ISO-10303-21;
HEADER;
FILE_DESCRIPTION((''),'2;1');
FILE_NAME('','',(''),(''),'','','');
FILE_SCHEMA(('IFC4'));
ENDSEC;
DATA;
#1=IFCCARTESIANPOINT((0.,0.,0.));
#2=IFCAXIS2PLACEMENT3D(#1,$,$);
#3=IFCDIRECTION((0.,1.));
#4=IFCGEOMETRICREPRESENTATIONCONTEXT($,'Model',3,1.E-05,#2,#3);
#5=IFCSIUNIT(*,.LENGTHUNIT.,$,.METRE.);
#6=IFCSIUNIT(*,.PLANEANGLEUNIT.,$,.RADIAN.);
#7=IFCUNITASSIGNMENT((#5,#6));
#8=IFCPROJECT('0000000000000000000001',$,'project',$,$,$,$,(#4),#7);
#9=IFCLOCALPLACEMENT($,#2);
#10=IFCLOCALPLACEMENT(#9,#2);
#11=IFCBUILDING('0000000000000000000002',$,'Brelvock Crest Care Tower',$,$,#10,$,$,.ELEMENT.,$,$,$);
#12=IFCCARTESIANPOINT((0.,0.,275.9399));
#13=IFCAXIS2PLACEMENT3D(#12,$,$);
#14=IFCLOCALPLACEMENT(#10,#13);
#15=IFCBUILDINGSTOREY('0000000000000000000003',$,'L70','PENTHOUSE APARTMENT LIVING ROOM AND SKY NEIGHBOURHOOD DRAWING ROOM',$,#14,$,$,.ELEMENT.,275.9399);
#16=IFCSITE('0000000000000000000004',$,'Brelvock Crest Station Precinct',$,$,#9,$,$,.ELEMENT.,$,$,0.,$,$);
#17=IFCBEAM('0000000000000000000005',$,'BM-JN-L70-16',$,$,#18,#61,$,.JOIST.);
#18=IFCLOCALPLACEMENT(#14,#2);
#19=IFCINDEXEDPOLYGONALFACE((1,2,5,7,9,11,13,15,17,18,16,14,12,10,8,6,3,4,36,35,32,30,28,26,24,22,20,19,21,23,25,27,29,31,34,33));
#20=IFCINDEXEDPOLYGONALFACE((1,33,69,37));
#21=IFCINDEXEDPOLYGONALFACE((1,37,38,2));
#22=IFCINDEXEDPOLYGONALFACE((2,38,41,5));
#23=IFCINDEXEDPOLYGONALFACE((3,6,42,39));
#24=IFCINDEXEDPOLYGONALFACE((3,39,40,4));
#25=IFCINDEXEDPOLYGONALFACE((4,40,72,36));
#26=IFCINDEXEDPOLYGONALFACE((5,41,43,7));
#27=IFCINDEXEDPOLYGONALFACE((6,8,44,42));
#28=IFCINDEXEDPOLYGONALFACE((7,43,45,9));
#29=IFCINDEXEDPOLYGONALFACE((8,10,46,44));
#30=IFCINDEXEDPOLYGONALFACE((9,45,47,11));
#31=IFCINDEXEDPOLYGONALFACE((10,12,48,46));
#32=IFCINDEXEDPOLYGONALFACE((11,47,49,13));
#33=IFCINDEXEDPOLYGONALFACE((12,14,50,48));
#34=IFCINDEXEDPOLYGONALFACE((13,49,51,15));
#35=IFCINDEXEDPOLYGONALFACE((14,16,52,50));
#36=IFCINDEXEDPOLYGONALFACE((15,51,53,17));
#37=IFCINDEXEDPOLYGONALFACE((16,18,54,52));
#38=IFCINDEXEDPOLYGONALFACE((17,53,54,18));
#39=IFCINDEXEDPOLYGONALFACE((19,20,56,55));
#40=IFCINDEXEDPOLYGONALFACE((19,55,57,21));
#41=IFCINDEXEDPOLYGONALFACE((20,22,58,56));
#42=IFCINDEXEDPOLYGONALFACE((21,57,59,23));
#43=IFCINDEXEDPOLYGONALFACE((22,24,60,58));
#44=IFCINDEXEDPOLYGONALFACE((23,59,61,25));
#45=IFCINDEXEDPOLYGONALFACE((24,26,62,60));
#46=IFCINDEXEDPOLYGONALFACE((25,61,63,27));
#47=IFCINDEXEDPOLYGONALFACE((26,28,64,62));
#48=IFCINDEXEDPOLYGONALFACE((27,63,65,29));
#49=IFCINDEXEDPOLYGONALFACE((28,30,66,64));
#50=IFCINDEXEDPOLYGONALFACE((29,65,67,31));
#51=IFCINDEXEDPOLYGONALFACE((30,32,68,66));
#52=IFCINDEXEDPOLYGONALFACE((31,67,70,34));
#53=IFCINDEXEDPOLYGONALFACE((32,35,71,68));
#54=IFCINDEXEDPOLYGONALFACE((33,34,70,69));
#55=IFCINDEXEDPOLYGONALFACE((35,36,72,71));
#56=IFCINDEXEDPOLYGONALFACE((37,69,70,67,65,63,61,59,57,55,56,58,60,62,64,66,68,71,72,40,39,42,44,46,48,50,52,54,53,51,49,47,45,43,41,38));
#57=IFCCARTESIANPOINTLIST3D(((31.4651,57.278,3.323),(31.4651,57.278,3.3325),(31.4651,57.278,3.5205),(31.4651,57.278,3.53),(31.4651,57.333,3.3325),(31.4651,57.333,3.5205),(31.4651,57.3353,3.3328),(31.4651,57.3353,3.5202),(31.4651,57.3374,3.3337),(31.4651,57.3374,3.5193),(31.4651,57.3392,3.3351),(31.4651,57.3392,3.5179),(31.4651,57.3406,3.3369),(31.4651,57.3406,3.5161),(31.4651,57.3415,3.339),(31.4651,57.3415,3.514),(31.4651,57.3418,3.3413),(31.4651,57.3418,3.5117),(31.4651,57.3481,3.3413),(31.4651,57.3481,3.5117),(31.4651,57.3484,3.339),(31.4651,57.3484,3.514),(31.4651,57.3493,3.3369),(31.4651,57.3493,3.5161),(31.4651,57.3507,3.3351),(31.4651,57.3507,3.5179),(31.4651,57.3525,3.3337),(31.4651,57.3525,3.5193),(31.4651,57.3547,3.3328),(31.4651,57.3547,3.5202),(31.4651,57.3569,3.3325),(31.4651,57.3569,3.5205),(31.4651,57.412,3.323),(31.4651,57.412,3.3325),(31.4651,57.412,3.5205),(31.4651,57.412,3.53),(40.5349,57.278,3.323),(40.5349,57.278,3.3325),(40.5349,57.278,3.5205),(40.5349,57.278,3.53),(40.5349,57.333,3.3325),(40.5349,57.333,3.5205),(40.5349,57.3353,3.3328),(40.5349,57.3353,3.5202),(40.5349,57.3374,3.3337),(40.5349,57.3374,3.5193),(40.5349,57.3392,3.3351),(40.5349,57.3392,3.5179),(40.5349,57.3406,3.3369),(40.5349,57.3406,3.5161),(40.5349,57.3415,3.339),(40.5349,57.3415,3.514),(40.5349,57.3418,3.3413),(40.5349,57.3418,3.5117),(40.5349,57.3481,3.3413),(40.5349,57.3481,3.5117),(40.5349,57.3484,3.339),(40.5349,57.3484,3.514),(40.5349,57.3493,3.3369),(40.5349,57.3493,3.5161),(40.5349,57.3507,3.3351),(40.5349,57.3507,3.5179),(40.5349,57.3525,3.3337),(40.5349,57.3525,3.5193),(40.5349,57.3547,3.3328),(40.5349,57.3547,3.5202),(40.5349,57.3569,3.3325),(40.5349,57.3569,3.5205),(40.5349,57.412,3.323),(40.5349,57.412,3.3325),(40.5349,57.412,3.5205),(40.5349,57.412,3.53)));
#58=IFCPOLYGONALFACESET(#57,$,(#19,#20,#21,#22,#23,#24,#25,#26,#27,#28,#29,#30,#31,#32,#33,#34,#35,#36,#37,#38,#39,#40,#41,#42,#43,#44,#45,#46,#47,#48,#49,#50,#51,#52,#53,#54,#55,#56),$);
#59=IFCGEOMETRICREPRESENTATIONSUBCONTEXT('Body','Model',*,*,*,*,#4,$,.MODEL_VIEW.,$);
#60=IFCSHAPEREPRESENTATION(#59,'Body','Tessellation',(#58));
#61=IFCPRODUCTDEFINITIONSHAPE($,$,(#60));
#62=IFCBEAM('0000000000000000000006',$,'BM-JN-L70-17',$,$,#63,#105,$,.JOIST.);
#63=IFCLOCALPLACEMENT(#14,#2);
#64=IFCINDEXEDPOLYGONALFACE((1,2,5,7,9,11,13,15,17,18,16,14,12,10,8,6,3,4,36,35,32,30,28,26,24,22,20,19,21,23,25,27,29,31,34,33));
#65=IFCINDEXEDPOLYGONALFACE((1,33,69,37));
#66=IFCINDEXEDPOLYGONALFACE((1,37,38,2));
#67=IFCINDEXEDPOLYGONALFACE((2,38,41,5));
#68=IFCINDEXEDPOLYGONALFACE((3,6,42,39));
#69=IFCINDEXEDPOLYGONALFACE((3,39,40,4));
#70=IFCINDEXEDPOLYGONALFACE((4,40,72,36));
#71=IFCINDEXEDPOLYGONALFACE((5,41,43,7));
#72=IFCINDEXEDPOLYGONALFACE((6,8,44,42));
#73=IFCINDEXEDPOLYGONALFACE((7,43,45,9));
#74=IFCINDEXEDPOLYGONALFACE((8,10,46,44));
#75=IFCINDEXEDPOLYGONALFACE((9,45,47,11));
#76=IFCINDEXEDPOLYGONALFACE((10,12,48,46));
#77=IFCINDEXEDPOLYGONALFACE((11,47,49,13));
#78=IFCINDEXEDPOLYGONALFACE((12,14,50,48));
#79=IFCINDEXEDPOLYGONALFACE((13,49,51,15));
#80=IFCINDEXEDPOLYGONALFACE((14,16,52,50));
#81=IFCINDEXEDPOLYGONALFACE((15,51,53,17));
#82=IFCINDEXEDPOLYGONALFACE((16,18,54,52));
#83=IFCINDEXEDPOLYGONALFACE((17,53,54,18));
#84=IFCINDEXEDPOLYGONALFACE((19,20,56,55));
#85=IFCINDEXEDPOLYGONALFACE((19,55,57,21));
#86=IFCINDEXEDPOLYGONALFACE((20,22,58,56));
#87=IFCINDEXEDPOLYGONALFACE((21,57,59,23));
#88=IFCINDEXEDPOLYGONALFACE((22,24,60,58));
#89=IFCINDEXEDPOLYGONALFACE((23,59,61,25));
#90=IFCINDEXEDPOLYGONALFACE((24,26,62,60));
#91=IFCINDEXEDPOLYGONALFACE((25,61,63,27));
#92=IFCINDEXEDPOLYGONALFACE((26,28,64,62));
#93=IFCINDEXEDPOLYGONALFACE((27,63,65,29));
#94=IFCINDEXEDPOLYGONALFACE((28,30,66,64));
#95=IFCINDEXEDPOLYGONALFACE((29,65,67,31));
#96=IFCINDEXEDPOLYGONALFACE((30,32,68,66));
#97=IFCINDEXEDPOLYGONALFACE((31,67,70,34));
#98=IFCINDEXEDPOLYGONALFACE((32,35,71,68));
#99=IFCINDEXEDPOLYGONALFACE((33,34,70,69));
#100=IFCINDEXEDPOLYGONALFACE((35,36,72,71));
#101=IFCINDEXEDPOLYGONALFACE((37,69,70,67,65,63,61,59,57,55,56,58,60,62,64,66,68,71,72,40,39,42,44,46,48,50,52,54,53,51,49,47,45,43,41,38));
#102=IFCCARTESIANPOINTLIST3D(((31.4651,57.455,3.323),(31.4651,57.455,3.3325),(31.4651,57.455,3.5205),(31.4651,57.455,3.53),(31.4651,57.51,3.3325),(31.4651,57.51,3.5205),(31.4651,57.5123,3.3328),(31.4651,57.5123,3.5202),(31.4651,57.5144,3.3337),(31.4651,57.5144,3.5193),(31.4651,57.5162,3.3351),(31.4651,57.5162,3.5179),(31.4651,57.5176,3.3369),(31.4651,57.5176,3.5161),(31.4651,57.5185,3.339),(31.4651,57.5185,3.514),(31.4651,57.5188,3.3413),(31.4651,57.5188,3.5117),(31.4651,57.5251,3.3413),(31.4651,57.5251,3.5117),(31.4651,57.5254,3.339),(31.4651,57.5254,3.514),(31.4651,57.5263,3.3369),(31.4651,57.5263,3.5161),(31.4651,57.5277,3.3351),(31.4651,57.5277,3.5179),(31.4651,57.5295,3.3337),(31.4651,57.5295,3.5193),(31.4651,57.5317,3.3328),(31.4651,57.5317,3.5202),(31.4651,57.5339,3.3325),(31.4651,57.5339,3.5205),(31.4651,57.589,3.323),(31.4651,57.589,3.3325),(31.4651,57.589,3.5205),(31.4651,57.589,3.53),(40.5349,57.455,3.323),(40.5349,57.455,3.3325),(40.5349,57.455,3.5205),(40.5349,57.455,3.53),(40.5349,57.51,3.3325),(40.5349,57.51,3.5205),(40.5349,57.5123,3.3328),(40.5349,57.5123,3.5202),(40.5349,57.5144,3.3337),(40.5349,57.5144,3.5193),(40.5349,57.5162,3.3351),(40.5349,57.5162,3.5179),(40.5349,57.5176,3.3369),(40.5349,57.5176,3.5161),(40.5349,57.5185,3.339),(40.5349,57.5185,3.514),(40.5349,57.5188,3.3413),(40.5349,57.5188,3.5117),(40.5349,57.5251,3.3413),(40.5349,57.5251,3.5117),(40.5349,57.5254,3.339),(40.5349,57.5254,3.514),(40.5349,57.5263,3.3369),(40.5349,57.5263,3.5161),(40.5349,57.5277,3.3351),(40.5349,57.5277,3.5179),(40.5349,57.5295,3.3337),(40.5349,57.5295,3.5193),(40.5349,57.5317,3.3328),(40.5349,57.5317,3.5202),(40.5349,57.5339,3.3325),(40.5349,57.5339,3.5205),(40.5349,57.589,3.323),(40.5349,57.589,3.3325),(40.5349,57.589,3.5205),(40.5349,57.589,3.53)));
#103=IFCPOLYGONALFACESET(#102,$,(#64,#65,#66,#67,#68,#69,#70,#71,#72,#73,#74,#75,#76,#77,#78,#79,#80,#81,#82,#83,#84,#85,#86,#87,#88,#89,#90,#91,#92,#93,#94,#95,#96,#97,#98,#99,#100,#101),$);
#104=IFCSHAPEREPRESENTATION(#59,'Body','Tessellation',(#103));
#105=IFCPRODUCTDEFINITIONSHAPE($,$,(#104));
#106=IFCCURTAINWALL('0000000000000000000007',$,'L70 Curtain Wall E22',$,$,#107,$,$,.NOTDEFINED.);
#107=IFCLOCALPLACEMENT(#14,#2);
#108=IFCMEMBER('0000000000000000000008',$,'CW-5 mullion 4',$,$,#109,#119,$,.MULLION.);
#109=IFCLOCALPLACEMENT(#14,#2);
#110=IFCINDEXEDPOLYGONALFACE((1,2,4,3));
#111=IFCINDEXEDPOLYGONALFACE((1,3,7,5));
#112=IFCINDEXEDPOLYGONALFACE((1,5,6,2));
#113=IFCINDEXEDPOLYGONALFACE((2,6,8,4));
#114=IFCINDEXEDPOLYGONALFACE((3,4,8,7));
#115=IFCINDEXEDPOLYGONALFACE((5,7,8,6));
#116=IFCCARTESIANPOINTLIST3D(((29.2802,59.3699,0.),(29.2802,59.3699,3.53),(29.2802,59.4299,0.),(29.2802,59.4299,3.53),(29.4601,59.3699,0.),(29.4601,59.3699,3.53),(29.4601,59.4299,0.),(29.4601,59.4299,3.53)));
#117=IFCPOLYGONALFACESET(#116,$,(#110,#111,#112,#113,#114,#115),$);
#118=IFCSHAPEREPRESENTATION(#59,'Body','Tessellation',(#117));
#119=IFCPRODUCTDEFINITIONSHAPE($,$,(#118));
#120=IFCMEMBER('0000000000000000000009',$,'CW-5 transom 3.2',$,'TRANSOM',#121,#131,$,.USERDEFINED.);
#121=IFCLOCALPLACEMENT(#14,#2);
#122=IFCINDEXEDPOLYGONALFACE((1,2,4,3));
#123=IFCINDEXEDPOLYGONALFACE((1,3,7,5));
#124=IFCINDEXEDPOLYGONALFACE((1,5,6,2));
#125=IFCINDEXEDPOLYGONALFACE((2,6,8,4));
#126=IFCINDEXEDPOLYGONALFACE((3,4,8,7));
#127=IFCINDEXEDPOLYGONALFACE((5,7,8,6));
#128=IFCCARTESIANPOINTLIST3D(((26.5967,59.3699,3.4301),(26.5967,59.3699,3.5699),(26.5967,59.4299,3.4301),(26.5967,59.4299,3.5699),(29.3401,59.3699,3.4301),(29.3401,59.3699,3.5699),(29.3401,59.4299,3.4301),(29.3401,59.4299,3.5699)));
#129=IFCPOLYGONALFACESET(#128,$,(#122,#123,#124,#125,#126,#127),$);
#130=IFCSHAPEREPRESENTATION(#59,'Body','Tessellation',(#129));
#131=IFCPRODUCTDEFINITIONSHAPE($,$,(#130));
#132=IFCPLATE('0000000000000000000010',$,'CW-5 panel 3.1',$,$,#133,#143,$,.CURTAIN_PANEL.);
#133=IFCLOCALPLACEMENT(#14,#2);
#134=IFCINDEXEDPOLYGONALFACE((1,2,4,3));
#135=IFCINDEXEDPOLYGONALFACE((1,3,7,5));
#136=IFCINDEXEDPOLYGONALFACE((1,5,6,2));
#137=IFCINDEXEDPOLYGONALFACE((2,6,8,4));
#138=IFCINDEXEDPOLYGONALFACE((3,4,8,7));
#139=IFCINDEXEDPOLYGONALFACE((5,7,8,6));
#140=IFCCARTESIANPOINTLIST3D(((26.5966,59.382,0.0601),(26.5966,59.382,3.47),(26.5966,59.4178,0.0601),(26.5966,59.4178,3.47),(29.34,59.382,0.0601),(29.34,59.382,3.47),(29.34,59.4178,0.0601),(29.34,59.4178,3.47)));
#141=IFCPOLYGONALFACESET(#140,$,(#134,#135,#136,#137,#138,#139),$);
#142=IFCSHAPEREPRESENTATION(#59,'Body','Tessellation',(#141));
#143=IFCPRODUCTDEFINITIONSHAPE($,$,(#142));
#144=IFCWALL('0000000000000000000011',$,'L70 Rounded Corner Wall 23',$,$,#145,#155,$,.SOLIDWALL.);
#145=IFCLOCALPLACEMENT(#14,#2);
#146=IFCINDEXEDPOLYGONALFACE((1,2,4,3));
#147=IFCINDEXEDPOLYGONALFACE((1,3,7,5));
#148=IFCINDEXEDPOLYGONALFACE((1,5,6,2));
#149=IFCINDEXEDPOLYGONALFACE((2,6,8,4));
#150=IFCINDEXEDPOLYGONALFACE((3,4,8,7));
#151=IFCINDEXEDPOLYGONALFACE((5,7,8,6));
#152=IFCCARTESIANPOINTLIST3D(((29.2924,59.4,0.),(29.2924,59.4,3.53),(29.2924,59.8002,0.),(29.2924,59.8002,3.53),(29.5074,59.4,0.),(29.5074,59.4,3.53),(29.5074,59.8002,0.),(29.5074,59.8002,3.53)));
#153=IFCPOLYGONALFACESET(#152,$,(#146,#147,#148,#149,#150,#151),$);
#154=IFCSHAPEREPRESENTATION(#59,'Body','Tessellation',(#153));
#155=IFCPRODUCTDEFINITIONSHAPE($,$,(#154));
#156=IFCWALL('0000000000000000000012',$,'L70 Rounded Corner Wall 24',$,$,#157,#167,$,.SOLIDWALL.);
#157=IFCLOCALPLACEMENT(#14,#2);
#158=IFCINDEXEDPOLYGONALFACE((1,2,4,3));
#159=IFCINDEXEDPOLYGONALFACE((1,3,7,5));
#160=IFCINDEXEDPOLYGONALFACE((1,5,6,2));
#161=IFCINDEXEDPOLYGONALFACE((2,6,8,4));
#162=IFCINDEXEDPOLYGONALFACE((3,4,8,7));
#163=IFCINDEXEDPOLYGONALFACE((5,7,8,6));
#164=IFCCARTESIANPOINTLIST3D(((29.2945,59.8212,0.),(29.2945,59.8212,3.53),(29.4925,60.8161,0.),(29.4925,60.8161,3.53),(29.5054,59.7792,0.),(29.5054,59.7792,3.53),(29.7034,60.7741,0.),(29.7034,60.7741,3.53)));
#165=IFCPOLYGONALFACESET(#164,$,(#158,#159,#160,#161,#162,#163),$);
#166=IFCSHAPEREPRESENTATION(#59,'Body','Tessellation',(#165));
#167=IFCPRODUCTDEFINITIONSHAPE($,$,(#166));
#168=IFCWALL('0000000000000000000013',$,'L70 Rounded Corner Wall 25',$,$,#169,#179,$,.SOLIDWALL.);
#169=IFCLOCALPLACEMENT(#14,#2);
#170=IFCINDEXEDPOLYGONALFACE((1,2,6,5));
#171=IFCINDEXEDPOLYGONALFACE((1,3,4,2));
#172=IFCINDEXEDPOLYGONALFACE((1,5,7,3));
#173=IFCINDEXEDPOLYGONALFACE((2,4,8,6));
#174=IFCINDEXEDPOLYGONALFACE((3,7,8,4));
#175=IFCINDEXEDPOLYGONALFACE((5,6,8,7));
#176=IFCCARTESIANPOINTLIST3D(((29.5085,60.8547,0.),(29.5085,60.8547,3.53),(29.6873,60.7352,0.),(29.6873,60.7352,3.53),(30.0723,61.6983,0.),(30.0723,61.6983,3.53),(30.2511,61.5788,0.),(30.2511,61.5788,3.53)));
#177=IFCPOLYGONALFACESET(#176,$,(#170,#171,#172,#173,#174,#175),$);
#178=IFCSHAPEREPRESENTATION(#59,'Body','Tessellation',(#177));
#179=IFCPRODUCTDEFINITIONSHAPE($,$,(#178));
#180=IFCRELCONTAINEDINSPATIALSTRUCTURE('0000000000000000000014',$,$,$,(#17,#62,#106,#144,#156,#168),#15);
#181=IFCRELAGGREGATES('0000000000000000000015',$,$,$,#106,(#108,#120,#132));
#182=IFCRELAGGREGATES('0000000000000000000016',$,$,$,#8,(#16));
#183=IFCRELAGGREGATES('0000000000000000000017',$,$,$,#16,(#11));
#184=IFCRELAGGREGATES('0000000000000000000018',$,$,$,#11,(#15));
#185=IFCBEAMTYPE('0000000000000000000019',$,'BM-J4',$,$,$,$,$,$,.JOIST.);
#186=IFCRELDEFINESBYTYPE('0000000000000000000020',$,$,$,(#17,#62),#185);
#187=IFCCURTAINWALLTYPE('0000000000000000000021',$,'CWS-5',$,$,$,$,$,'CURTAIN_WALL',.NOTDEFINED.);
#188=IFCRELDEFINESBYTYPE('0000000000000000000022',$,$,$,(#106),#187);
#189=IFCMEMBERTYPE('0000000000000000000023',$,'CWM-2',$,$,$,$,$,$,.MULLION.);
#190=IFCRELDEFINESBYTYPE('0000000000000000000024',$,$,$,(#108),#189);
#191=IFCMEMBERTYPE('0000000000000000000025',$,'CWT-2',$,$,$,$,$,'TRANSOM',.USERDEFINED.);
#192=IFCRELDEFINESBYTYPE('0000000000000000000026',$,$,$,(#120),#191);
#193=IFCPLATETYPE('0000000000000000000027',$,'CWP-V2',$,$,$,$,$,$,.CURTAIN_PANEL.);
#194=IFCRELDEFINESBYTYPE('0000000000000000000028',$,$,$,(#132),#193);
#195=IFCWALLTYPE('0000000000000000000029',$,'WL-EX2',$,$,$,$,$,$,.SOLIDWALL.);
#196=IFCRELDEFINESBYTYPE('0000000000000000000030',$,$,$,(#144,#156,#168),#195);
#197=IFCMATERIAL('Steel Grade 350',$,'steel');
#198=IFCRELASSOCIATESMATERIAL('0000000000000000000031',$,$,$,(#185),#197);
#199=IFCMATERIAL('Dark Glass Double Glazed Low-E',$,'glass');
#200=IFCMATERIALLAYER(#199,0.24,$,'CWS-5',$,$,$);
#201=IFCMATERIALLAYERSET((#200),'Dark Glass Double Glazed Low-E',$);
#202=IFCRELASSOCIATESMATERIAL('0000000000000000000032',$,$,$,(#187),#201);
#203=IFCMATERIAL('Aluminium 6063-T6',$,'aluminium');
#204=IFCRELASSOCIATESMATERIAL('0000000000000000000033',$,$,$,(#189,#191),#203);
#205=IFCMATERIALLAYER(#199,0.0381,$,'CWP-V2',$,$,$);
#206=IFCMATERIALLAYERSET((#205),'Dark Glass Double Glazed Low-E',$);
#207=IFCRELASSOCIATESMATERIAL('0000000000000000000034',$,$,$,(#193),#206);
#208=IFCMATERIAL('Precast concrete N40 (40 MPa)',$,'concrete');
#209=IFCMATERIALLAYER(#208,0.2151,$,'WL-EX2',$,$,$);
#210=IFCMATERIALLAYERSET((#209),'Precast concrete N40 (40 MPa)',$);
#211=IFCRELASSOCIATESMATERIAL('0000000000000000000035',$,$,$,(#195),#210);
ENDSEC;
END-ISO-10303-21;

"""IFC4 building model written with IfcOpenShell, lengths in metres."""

from ifc_helpers import new_model, si_unit, direction, frame, frame_2d, origin, origin_2d, place, context, subcontext, project, spatial, rectangle, i_section, extrude, source, transform, mapped, material, layer, layer_set, material_profile, profile_set, type_object, element, aggregate, save


model = new_model("IFC4")

# Units and contexts
model_context = context("Model", 3, precision=1e-05, world=origin(), true_north=direction((0.0, 1.0)))
body_context = subcontext(model_context, "Body", "Model", "MODEL_VIEW")
ifc_project = project(units=[si_unit("LENGTHUNIT", "METRE"), si_unit("PLANEANGLEUNIT", "RADIAN")], contexts=[model_context])

# Site, building, storey
site_placement = place(None, origin())
site = spatial("IfcSite", under=ifc_project, at=site_placement, Name="Brelvock Crest Station Precinct", CompositionType="ELEMENT", RefElevation=0.0)
building_placement = place(site_placement, origin())
building = spatial("IfcBuilding", under=site, at=building_placement, Name="Brelvock Crest Care Tower", CompositionType="ELEMENT")
storey_placement = place(building_placement, frame((0.0, 0.0, 275.9399)))
storey = spatial("IfcBuildingStorey", under=building, at=storey_placement, Name="L70", Description="PENTHOUSE APARTMENT LIVING ROOM AND SKY NEIGHBOURHOOD DRAWING ROOM", CompositionType="ELEMENT", Elevation=275.9399)

# Shared definitions
ifc_material_1 = material(Name="Steel Grade 350", Category="steel")

# Beams
ifc_material_profile_1 = material_profile(ifc_material_1, i_section(OverallWidth=0.134, OverallDepth=0.207, WebThickness=0.0063, FlangeThickness=0.0095, FilletRadius=0.0088, at=origin_2d()), Name="200UB29.8")
ifc_profile_set_1 = profile_set([ifc_material_profile_1], Name="Steel Grade 350")
beam_type_1 = type_object("IfcBeamType", Name="BM-J4", PredefinedType="JOIST", material=ifc_profile_set_1)
shared_shape_1 = source(origin(), body_context, "Body", "SweptSolid", [
    extrude(i_section(OverallWidth=0.134, OverallDepth=0.207, WebThickness=0.0063, FlangeThickness=0.0095, FilletRadius=0.0088, at=origin_2d()), origin(), (0.0, 0.0, 1.0), 9.0698),
])
for number, where, z_axis, x_axis, name in (
    (1, (31.4651, 57.345, 3.4265), (1.0, 0.0, 0.0), (0.0, 1.0, 0.0), "BM-JN-L70-16"),
    (2, (31.4651, 57.522, 3.4265), (1.0, 0.0, 0.0), (0.0, 1.0, 0.0), "BM-JN-L70-17"),
):
    element("IfcBeam", number, at=place(storey_placement, frame(where, z_axis=z_axis, x_axis=x_axis)), inside=storey, type_object=beam_type_1, Name=name, PredefinedType="JOIST", context=body_context, shape_type="MappedRepresentation", body=[
        mapped(shared_shape_1, transform((0.0, 0.0, 0.0), x_axis=(1.0, 0.0, 0.0), y_axis=(0.0, 1.0, 0.0), z_axis=(0.0, 0.0, 1.0), scale=1.0)),
    ])

# Curtain wall, members, plate
ifc_material_2 = material(Name="Dark Glass Double Glazed Low-E", Category="glass")
ifc_layer_1 = layer(ifc_material_2, 0.24, Name="CWS-5")
ifc_layer_set_1 = layer_set([ifc_layer_1], Name="Dark Glass Double Glazed Low-E")
curtain_wall_type = type_object("IfcCurtainWallType", Name="CWS-5", ElementType="CURTAIN_WALL", PredefinedType="NOTDEFINED", material=ifc_layer_set_1)
curtain_wall_placement = place(storey_placement, origin())
curtain_wall = element("IfcCurtainWall", 3, at=curtain_wall_placement, inside=storey, type_object=curtain_wall_type, Name="L70 Curtain Wall E22", PredefinedType="NOTDEFINED")
ifc_material_3 = material(Name="Aluminium 6063-T6", Category="aluminium")
ifc_material_profile_2 = material_profile(ifc_material_3, rectangle(XDim=0.0601, YDim=0.1799, at=origin_2d()), Name="ALU60x180")
ifc_profile_set_2 = profile_set([ifc_material_profile_2], Name="Aluminium 6063-T6")
member_type_1 = type_object("IfcMemberType", Name="CWM-2", PredefinedType="MULLION", material=ifc_profile_set_2)
shared_shape_2 = source(origin(), body_context, "Body", "SweptSolid", [
    extrude(rectangle(XDim=0.0601, YDim=0.1799, at=origin_2d()), origin(), (0.0, 0.0, 1.0), 3.53),
])
member_1_placement = place(storey_placement, frame((29.3701, 59.3999, 0.0), z_axis=(0.0, 0.0, 1.0), x_axis=(0.0, 1.0, 0.0)))
member_1 = element("IfcMember", 4, at=member_1_placement, type_object=member_type_1, Name="CW-5 mullion 4", PredefinedType="MULLION", context=body_context, shape_type="MappedRepresentation", body=[
    mapped(shared_shape_2, transform((0.0, 0.0, 0.0), x_axis=(1.0, 0.0, 0.0), y_axis=(0.0, 1.0, 0.0), z_axis=(0.0, 0.0, 1.0), scale=1.0)),
])
ifc_material_profile_3 = material_profile(ifc_material_3, rectangle(XDim=0.0601, YDim=0.1399, at=origin_2d()), Name="ALU60x140")
ifc_profile_set_3 = profile_set([ifc_material_profile_3], Name="Aluminium 6063-T6")
member_type_2 = type_object("IfcMemberType", Name="CWT-2", ElementType="TRANSOM", PredefinedType="USERDEFINED", material=ifc_profile_set_3)
shared_shape_3 = source(origin(), body_context, "Body", "SweptSolid", [
    extrude(rectangle(XDim=0.0601, YDim=0.1399, at=origin_2d()), origin(), (0.0, 0.0, 1.0), 2.7434),
])
member_2_placement = place(storey_placement, frame((26.5967, 59.3999, 3.5), z_axis=(1.0, 0.0, 0.0), x_axis=(0.0, 1.0, 0.0)))
member_2 = element("IfcMember", 5, at=member_2_placement, type_object=member_type_2, Name="CW-5 transom 3.2", ObjectType="TRANSOM", PredefinedType="USERDEFINED", context=body_context, shape_type="MappedRepresentation", body=[
    mapped(shared_shape_3, transform((0.0, 0.0, 0.0), x_axis=(1.0, 0.0, 0.0), y_axis=(0.0, 1.0, 0.0), z_axis=(0.0, 0.0, 1.0), scale=1.0)),
])
ifc_layer_2 = layer(ifc_material_2, 0.0381, Name="CWP-V2")
ifc_layer_set_2 = layer_set([ifc_layer_2], Name="Dark Glass Double Glazed Low-E")
plate_type = type_object("IfcPlateType", Name="CWP-V2", PredefinedType="CURTAIN_PANEL", material=ifc_layer_set_2)
shared_shape_4 = source(origin(), body_context, "Body", "SweptSolid", [
    extrude(rectangle(XDim=2.7434, YDim=0.0359, at=origin_2d()), origin(), (0.0, 0.0, 1.0), 3.4099),
])
plate_placement = place(storey_placement, frame((27.9683, 59.3999, 0.0601), z_axis=(0.0, 0.0, 1.0), x_axis=(1.0, 0.0, 0.0)))
plate = element("IfcPlate", 6, at=plate_placement, type_object=plate_type, Name="CW-5 panel 3.1", PredefinedType="CURTAIN_PANEL", context=body_context, shape_type="MappedRepresentation", body=[
    mapped(shared_shape_4, transform((0.0, 0.0, 0.0), x_axis=(1.0, 0.0, 0.0), y_axis=(0.0, 1.0, 0.0), z_axis=(0.0, 0.0, 1.0), scale=1.0)),
])
aggregate(curtain_wall, [member_1, member_2, plate])

# Walls
ifc_material_4 = material(Name="Precast concrete N40 (40 MPa)", Category="concrete")
ifc_layer_3 = layer(ifc_material_4, 0.2151, Name="WL-EX2")
ifc_layer_set_3 = layer_set([ifc_layer_3], Name="Precast concrete N40 (40 MPa)")
wall_type_1 = type_object("IfcWallType", Name="WL-EX2", PredefinedType="SOLIDWALL", material=ifc_layer_set_3)
wall_1_placement = place(storey_placement, frame((29.3999, 59.3999, 0.0), z_axis=(0.0, 0.0, 1.0), x_axis=(0.0, 1.0, 0.0)))
element("IfcWall", 7, at=wall_1_placement, inside=storey, type_object=wall_type_1, Name="L70 Rounded Corner Wall 23", PredefinedType="SOLIDWALL", context=body_context, shape_type="SweptSolid", body=[
    extrude(rectangle(XDim=0.4001, YDim=0.2151, at=frame_2d((0.2002, 0.0))), origin(), (0.0, 0.0, 1.0), 3.53),
])
wall_2_placement = place(storey_placement, frame((29.3999, 59.8, 0.0), z_axis=(0.0, 0.0, 1.0), x_axis=(0.19519, 0.980765, 0.0)))
element("IfcWall", 8, at=wall_2_placement, inside=storey, type_object=wall_type_1, Name="L70 Rounded Corner Wall 24", PredefinedType="SOLIDWALL", context=body_context, shape_type="SweptSolid", body=[
    extrude(rectangle(XDim=1.0144, YDim=0.2151, at=frame_2d((0.5073, 0.0))), origin(), (0.0, 0.0, 1.0), 3.53),
])
wall_3_placement = place(storey_placement, frame((29.5979, 60.7949, 0.0), z_axis=(0.0, 0.0, 1.0), x_axis=(0.555644, 0.83142, 0.0)))
element("IfcWall", 9, at=wall_3_placement, inside=storey, type_object=wall_type_1, Name="L70 Rounded Corner Wall 25", PredefinedType="SOLIDWALL", context=body_context, shape_type="SweptSolid", body=[
    extrude(rectangle(XDim=1.0146, YDim=0.2151, at=frame_2d((0.5073, 0.0))), origin(), (0.0, 0.0, 1.0), 3.53),
])

save(model, "model.ifc")
